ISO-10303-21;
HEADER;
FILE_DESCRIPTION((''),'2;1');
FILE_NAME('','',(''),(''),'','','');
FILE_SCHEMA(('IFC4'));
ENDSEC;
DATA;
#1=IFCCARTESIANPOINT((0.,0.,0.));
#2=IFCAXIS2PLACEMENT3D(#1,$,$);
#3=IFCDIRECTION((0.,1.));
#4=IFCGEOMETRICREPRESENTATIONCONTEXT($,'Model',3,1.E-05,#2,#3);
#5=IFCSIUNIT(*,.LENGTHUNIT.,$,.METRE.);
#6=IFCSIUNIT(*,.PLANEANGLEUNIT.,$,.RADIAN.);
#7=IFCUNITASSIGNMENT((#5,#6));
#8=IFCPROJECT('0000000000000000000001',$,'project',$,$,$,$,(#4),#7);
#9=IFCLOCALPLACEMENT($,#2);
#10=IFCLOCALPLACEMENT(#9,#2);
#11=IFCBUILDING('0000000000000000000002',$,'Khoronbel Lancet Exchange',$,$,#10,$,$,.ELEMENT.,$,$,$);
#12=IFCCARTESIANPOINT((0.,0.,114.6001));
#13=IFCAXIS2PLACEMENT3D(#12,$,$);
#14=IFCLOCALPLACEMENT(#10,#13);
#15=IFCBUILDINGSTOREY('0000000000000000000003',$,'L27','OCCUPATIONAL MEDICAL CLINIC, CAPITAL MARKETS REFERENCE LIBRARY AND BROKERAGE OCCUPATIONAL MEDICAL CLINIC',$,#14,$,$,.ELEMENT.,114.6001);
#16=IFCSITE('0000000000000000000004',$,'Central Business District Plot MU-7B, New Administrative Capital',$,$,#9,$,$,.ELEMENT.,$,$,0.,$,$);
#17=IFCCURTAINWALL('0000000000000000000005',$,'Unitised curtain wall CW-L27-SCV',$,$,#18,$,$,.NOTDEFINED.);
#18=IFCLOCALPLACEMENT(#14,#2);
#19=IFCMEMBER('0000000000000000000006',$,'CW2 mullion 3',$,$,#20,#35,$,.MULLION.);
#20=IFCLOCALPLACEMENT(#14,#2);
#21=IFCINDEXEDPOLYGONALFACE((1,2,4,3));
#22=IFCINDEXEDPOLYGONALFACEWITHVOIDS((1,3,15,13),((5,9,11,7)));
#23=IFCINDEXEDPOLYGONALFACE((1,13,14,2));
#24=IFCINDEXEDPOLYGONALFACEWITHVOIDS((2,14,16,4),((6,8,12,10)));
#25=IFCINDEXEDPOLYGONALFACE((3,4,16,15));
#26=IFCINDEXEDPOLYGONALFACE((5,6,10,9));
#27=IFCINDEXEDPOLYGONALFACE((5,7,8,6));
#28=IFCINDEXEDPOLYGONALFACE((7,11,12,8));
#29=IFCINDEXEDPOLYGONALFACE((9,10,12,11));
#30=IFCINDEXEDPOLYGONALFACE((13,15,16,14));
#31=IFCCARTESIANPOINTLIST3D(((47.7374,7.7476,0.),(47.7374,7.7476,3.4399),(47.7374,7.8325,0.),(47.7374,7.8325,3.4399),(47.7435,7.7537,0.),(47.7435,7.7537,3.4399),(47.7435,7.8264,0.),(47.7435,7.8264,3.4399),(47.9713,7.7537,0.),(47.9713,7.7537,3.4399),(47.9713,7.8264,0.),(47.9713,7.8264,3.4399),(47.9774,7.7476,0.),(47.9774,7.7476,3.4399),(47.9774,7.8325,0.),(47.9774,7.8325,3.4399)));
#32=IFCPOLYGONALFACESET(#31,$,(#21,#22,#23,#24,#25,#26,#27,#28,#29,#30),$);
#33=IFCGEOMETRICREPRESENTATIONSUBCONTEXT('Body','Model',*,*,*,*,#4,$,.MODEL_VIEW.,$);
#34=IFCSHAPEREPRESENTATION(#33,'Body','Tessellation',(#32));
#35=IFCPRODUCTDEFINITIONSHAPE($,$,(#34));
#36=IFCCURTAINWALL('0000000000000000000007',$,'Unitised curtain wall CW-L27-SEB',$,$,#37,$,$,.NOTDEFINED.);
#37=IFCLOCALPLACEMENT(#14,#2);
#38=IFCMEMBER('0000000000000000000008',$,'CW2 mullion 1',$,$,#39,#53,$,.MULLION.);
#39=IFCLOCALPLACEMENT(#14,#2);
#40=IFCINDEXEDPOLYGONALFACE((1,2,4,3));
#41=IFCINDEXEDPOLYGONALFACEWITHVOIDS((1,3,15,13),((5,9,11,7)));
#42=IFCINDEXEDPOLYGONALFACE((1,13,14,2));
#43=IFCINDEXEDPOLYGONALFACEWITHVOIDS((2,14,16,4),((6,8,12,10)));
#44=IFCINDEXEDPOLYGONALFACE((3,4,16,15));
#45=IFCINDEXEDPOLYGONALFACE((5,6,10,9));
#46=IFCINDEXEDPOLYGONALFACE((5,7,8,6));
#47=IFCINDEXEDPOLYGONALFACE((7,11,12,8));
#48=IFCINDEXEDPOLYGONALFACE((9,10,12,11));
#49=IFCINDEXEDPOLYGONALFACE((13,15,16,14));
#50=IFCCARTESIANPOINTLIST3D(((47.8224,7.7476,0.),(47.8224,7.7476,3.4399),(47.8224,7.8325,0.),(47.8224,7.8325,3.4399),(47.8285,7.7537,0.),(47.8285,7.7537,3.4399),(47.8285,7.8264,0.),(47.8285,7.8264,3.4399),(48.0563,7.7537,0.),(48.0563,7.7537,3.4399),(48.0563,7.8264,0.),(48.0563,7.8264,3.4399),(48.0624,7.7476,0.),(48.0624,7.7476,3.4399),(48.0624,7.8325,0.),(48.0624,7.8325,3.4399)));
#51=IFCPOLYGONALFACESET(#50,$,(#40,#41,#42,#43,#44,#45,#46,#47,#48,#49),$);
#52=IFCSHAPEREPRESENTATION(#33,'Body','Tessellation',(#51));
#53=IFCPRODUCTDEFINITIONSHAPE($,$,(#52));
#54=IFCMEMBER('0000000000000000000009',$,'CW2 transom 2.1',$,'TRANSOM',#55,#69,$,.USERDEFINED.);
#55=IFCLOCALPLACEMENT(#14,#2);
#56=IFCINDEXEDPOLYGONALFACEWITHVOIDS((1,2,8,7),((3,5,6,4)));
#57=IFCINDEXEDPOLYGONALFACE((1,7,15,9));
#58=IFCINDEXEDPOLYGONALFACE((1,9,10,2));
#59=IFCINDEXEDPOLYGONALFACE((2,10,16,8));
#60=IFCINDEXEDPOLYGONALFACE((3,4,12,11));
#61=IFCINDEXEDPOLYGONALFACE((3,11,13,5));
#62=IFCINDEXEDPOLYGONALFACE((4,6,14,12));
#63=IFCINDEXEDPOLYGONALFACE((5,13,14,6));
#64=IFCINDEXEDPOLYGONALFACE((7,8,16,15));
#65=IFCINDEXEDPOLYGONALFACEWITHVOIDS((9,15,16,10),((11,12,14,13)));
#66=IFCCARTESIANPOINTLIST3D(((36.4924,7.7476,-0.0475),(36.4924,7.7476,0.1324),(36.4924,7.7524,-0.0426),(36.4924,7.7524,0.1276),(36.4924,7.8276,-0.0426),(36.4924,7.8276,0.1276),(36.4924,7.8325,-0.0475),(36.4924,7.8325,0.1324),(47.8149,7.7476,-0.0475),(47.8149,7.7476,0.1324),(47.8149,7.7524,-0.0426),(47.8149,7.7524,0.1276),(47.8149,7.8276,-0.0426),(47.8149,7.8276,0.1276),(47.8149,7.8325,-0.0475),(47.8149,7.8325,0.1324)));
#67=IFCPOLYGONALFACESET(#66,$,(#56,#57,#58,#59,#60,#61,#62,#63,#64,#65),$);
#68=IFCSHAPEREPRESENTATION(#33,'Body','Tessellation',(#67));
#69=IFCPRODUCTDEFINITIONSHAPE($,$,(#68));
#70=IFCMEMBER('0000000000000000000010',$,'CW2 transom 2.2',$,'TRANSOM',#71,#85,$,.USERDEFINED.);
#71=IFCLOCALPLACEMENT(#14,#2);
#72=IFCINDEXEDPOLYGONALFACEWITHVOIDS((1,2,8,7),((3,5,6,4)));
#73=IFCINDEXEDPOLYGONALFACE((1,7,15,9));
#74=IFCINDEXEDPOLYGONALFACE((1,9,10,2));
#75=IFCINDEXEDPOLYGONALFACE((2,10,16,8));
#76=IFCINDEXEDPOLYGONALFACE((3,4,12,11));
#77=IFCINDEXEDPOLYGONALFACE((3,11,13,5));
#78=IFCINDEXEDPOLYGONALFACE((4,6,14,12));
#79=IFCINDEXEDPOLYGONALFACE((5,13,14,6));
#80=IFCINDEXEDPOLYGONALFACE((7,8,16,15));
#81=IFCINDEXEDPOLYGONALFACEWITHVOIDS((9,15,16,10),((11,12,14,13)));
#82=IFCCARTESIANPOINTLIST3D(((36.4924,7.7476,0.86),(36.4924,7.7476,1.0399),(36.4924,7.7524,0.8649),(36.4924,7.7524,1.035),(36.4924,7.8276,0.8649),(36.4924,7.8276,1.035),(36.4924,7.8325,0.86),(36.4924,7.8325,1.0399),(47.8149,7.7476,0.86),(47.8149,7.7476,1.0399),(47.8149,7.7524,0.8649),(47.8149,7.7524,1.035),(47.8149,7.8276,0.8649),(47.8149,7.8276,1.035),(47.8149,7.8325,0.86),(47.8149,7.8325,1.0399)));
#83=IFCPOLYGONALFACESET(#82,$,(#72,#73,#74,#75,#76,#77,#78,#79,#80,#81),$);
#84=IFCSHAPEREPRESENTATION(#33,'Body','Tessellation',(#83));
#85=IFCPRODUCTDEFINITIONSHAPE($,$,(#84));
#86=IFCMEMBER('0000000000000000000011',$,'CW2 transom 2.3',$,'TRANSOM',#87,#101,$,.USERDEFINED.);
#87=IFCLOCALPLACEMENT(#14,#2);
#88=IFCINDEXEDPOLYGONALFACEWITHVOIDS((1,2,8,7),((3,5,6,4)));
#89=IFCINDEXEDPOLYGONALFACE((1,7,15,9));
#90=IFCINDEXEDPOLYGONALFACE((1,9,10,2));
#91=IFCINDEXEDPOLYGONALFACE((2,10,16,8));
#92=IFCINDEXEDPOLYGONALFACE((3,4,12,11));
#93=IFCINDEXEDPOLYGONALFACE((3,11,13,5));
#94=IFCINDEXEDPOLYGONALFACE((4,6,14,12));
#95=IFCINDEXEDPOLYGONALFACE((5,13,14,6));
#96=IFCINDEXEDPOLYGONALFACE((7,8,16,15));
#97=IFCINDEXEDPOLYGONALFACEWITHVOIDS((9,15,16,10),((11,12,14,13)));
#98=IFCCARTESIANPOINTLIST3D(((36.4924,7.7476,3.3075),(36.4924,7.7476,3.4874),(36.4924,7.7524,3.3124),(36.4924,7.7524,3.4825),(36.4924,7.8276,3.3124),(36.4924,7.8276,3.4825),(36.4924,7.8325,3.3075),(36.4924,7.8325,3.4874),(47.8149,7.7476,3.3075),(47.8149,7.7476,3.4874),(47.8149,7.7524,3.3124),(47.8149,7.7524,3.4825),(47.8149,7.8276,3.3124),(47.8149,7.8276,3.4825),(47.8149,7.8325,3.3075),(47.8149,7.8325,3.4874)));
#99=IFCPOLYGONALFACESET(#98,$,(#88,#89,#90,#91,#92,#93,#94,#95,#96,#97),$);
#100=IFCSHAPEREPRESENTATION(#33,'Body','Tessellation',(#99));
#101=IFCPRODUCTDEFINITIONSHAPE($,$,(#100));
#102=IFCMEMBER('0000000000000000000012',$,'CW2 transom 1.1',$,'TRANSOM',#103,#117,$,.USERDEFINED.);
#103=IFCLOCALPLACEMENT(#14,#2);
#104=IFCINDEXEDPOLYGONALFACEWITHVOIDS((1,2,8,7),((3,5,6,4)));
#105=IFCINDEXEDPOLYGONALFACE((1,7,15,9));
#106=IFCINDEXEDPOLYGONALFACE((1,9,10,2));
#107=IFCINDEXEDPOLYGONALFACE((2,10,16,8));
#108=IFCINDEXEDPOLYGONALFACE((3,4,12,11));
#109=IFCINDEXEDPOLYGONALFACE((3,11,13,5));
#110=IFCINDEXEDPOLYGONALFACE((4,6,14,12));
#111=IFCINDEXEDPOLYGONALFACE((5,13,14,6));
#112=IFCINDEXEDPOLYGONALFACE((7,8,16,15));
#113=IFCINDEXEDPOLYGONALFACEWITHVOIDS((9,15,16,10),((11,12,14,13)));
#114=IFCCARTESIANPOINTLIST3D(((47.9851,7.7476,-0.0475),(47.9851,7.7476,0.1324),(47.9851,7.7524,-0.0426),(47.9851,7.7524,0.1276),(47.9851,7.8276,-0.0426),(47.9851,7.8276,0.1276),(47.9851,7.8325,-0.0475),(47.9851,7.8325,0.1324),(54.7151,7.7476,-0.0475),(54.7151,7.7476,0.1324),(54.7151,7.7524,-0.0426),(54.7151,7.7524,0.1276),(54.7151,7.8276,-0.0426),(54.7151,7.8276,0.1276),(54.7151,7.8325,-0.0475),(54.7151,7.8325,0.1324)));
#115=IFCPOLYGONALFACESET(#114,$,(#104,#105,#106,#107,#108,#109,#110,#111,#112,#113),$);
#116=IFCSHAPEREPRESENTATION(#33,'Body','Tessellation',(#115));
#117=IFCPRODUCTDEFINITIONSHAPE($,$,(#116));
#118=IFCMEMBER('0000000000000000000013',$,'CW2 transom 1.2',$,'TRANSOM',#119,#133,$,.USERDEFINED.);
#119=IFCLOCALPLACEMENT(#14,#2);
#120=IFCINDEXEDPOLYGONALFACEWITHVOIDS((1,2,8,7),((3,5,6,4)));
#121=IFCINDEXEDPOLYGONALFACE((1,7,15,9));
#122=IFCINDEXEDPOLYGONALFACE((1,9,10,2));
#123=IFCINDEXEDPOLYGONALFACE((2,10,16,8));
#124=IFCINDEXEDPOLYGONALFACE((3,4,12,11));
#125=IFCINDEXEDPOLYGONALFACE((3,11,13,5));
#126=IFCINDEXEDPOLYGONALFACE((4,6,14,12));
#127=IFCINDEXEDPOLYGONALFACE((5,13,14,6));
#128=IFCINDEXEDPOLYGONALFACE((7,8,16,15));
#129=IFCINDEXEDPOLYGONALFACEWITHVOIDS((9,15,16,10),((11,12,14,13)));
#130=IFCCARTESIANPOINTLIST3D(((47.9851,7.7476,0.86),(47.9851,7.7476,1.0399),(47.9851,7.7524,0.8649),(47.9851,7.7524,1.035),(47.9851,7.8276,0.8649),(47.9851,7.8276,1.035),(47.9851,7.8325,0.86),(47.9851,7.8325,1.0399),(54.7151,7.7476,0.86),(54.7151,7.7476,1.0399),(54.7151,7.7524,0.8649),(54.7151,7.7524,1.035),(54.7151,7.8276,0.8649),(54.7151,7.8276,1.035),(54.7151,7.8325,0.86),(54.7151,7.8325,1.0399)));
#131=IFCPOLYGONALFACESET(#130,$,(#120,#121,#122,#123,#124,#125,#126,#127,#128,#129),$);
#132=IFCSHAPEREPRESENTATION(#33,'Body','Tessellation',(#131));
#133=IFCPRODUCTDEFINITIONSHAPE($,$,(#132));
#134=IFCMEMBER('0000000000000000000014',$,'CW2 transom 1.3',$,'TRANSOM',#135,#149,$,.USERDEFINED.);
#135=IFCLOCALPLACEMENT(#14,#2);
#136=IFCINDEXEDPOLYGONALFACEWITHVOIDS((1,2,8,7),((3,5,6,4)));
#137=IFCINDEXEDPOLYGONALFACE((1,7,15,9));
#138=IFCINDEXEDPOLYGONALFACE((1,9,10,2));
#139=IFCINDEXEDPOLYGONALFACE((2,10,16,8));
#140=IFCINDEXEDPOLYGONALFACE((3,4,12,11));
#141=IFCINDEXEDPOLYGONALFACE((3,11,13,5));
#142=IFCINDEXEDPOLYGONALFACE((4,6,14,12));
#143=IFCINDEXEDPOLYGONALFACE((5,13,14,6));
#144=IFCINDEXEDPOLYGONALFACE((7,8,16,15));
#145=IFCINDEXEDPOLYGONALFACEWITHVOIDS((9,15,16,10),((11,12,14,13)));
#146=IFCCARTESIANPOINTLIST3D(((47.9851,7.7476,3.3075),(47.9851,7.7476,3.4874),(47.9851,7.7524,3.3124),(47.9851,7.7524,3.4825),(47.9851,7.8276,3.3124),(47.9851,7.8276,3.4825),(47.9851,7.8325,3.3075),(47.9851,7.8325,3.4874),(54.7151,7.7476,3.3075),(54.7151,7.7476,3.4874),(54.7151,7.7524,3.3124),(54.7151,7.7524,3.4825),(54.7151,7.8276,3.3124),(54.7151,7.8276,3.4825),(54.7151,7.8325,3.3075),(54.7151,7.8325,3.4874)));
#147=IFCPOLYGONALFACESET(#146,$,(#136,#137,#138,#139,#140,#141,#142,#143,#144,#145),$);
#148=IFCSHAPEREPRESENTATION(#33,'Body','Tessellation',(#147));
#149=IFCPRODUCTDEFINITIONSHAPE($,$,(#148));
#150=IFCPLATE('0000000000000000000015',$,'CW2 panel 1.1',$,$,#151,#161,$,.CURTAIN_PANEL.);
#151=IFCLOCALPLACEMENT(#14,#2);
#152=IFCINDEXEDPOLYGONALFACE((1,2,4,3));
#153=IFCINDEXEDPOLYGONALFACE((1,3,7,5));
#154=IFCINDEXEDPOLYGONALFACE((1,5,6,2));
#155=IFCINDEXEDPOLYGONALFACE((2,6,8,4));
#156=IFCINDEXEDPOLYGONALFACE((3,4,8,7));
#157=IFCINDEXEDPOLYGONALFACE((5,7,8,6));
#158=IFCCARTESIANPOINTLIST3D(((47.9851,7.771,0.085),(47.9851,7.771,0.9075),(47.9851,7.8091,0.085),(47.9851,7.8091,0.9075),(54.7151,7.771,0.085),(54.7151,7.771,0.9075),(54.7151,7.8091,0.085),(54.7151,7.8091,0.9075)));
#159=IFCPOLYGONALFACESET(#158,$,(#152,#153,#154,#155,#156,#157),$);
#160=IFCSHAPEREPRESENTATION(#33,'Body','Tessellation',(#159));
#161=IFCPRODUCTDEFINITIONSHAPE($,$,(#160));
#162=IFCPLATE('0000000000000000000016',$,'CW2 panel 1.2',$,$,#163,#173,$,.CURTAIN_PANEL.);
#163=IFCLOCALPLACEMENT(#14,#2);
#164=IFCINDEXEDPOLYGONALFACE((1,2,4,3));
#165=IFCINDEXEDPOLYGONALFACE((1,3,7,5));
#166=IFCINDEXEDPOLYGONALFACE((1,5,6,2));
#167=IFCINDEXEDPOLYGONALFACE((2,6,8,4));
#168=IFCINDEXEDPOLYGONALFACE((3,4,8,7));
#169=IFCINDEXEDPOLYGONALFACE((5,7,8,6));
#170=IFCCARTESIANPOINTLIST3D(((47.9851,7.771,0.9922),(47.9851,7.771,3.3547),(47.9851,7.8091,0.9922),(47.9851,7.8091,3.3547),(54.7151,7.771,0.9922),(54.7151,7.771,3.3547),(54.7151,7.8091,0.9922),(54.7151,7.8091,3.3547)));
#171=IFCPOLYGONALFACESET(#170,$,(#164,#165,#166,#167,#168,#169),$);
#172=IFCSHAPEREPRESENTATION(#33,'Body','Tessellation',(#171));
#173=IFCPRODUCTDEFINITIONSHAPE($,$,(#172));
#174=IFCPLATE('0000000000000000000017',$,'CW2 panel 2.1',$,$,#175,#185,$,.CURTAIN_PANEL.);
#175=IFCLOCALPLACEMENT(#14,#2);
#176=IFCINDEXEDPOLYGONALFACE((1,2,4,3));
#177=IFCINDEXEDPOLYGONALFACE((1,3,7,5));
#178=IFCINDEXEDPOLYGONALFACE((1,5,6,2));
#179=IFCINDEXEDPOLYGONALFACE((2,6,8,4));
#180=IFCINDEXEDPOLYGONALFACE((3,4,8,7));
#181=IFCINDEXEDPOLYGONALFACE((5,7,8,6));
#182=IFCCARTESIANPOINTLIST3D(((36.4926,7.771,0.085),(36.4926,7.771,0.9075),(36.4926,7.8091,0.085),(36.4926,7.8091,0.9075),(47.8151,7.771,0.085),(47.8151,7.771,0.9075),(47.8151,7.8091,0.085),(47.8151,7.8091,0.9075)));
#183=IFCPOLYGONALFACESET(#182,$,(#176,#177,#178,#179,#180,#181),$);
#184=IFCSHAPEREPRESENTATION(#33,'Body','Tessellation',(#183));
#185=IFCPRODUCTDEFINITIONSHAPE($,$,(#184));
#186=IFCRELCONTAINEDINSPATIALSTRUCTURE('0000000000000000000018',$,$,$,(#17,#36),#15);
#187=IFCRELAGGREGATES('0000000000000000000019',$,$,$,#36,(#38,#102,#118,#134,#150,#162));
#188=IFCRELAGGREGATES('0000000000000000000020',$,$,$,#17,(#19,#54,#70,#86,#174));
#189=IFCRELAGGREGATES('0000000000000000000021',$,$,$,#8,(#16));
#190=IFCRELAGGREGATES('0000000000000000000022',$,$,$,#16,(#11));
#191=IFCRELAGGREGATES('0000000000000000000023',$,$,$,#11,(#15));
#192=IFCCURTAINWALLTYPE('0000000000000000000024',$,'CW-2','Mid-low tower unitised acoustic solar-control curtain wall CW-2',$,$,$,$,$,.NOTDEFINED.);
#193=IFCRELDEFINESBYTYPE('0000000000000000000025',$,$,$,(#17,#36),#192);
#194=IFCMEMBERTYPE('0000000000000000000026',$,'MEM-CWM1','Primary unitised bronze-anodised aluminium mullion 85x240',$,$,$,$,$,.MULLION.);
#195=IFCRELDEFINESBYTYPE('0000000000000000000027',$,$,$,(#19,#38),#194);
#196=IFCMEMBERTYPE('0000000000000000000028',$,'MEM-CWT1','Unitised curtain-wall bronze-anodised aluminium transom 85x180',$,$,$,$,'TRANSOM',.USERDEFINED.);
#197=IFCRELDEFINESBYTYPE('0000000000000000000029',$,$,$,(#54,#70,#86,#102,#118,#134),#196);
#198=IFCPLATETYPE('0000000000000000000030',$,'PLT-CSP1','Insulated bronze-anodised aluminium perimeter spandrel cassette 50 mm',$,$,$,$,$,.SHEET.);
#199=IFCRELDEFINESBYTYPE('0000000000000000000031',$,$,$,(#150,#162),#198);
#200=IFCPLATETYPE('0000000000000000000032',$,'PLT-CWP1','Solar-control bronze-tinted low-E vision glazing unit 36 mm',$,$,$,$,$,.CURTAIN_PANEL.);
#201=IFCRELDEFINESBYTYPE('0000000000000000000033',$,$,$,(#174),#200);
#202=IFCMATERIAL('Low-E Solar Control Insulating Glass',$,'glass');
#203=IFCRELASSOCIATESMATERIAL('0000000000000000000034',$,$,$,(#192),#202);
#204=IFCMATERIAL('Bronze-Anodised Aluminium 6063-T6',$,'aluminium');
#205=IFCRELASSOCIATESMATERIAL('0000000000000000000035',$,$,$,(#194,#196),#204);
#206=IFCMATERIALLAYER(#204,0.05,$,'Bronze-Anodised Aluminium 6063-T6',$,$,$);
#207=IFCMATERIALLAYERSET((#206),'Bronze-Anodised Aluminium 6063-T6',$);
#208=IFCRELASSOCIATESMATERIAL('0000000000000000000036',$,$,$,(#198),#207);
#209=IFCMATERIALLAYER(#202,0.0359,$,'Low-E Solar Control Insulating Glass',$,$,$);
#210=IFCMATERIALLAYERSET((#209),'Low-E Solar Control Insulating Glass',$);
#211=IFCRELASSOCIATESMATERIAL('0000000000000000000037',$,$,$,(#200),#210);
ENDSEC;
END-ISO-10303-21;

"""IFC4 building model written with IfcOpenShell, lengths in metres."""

from ifc_helpers import new_model, si_unit, direction, frame, origin, origin_2d, place, context, subcontext, project, spatial, rectangle, hollow_rectangle, extrude, material, layer, layer_set, material_profile, profile_set, type_object, element, aggregate, save


model = new_model("IFC4")

# Units and contexts
model_context = context("Model", 3, precision=1e-05, world=origin(), true_north=direction((0.0, 1.0)))
body_context = subcontext(model_context, "Body", "Model", "MODEL_VIEW")
ifc_project = project(units=[si_unit("LENGTHUNIT", "METRE"), si_unit("PLANEANGLEUNIT", "RADIAN")], contexts=[model_context])

# Site, building, storey
site_placement = place(None, origin())
site = spatial("IfcSite", under=ifc_project, at=site_placement, Name="Central Business District Plot MU-7B, New Administrative Capital", CompositionType="ELEMENT", RefElevation=0.0)
building_placement = place(site_placement, origin())
building = spatial("IfcBuilding", under=site, at=building_placement, Name="Khoronbel Lancet Exchange", CompositionType="ELEMENT")
storey_placement = place(building_placement, frame((0.0, 0.0, 114.6001)))
storey = spatial("IfcBuildingStorey", under=building, at=storey_placement, Name="L27", Description="OCCUPATIONAL MEDICAL CLINIC, CAPITAL MARKETS REFERENCE LIBRARY AND BROKERAGE OCCUPATIONAL MEDICAL CLINIC", CompositionType="ELEMENT", Elevation=114.6001)

# Curtain wall, member
ifc_material_1 = material(Name="Low-E Solar Control Insulating Glass", Category="glass")
curtain_wall_type = type_object("IfcCurtainWallType", Name="CW-2", Description="Mid-low tower unitised acoustic solar-control curtain wall CW-2", PredefinedType="NOTDEFINED", material=ifc_material_1)
curtain_wall_1_placement = place(storey_placement, origin())
curtain_wall_1 = element("IfcCurtainWall", 1, at=curtain_wall_1_placement, inside=storey, type_object=curtain_wall_type, Name="Unitised curtain wall CW-L27-SCV", PredefinedType="NOTDEFINED")
ifc_material_2 = material(Name="Bronze-Anodised Aluminium 6063-T6", Category="aluminium")
ifc_material_profile_1 = material_profile(ifc_material_2, hollow_rectangle(XDim=0.085, YDim=0.24, WallThickness=0.0061, at=origin_2d()), Name="ALU MULLION 85x240")
ifc_profile_set_1 = profile_set([ifc_material_profile_1], Name="Bronze-Anodised Aluminium 6063-T6")
member_type_1 = type_object("IfcMemberType", Name="MEM-CWM1", Description="Primary unitised bronze-anodised aluminium mullion 85x240", PredefinedType="MULLION", material=ifc_profile_set_1)
member_1_placement = place(storey_placement, frame((47.8574, 7.79, 0.0), z_axis=(0.0, 0.0, 1.0), x_axis=(0.0, 1.0, 0.0)))
member_1 = element("IfcMember", 2, at=member_1_placement, type_object=member_type_1, Name="CW2 mullion 3", PredefinedType="MULLION", context=body_context, shape_type="SweptSolid", body=[
    extrude(hollow_rectangle(XDim=0.085, YDim=0.24, WallThickness=0.0061, at=origin_2d()), origin(), (0.0, 0.0, 1.0), 3.4399),
])

# Curtain wall, member
curtain_wall_2_placement = place(storey_placement, origin())
curtain_wall_2 = element("IfcCurtainWall", 3, at=curtain_wall_2_placement, inside=storey, type_object=curtain_wall_type, Name="Unitised curtain wall CW-L27-SEB", PredefinedType="NOTDEFINED")
member_2_placement = place(storey_placement, frame((47.9424, 7.79, 0.0), z_axis=(0.0, 0.0, 1.0), x_axis=(0.0, 1.0, 0.0)))
member_2 = element("IfcMember", 4, at=member_2_placement, type_object=member_type_1, Name="CW2 mullion 1", PredefinedType="MULLION", context=body_context, shape_type="SweptSolid", body=[
    extrude(hollow_rectangle(XDim=0.085, YDim=0.24, WallThickness=0.0061, at=origin_2d()), origin(), (0.0, 0.0, 1.0), 3.4399),
])

# Members
ifc_material_profile_2 = material_profile(ifc_material_2, hollow_rectangle(XDim=0.085, YDim=0.1799, WallThickness=0.0049, at=origin_2d()), Name="ALU TRANSOM 85x180")
ifc_profile_set_2 = profile_set([ifc_material_profile_2], Name="Bronze-Anodised Aluminium 6063-T6")
member_type_2 = type_object("IfcMemberType", Name="MEM-CWT1", Description="Unitised curtain-wall bronze-anodised aluminium transom 85x180", ElementType="TRANSOM", PredefinedType="USERDEFINED", material=ifc_profile_set_2)
member_3_placement = place(storey_placement, frame((36.4924, 7.79, 0.0425), z_axis=(1.0, 0.0, 0.0), x_axis=(0.0, 1.0, 0.0)))
member_3 = element("IfcMember", 5, at=member_3_placement, type_object=member_type_2, Name="CW2 transom 2.1", ObjectType="TRANSOM", PredefinedType="USERDEFINED", context=body_context, shape_type="SweptSolid", body=[
    extrude(hollow_rectangle(XDim=0.085, YDim=0.1799, WallThickness=0.0049, at=origin_2d()), origin(), (0.0, 0.0, 1.0), 11.3225),
])
member_4_placement = place(storey_placement, frame((36.4924, 7.79, 0.95), z_axis=(1.0, 0.0, 0.0), x_axis=(0.0, 1.0, 0.0)))
member_4 = element("IfcMember", 6, at=member_4_placement, type_object=member_type_2, Name="CW2 transom 2.2", ObjectType="TRANSOM", PredefinedType="USERDEFINED", context=body_context, shape_type="SweptSolid", body=[
    extrude(hollow_rectangle(XDim=0.085, YDim=0.1799, WallThickness=0.0049, at=origin_2d()), origin(), (0.0, 0.0, 1.0), 11.3225),
])
member_5_placement = place(storey_placement, frame((36.4924, 7.79, 3.3975), z_axis=(1.0, 0.0, 0.0), x_axis=(0.0, 1.0, 0.0)))
member_5 = element("IfcMember", 7, at=member_5_placement, type_object=member_type_2, Name="CW2 transom 2.3", ObjectType="TRANSOM", PredefinedType="USERDEFINED", context=body_context, shape_type="SweptSolid", body=[
    extrude(hollow_rectangle(XDim=0.085, YDim=0.1799, WallThickness=0.0049, at=origin_2d()), origin(), (0.0, 0.0, 1.0), 11.3225),
])
member_6_placement = place(storey_placement, frame((47.9851, 7.79, 0.0425), z_axis=(1.0, 0.0, 0.0), x_axis=(0.0, 1.0, 0.0)))
member_6 = element("IfcMember", 8, at=member_6_placement, type_object=member_type_2, Name="CW2 transom 1.1", ObjectType="TRANSOM", PredefinedType="USERDEFINED", context=body_context, shape_type="SweptSolid", body=[
    extrude(hollow_rectangle(XDim=0.085, YDim=0.1799, WallThickness=0.0049, at=origin_2d()), origin(), (0.0, 0.0, 1.0), 6.73),
])
member_7_placement = place(storey_placement, frame((47.9851, 7.79, 0.95), z_axis=(1.0, 0.0, 0.0), x_axis=(0.0, 1.0, 0.0)))
member_7 = element("IfcMember", 9, at=member_7_placement, type_object=member_type_2, Name="CW2 transom 1.2", ObjectType="TRANSOM", PredefinedType="USERDEFINED", context=body_context, shape_type="SweptSolid", body=[
    extrude(hollow_rectangle(XDim=0.085, YDim=0.1799, WallThickness=0.0049, at=origin_2d()), origin(), (0.0, 0.0, 1.0), 6.73),
])
member_8_placement = place(storey_placement, frame((47.9851, 7.79, 3.3975), z_axis=(1.0, 0.0, 0.0), x_axis=(0.0, 1.0, 0.0)))
member_8 = element("IfcMember", 10, at=member_8_placement, type_object=member_type_2, Name="CW2 transom 1.3", ObjectType="TRANSOM", PredefinedType="USERDEFINED", context=body_context, shape_type="SweptSolid", body=[
    extrude(hollow_rectangle(XDim=0.085, YDim=0.1799, WallThickness=0.0049, at=origin_2d()), origin(), (0.0, 0.0, 1.0), 6.73),
])

# Plates
ifc_layer_1 = layer(ifc_material_2, 0.05, Name="Bronze-Anodised Aluminium 6063-T6")
ifc_layer_set_1 = layer_set([ifc_layer_1], Name="Bronze-Anodised Aluminium 6063-T6")
plate_type_1 = type_object("IfcPlateType", Name="PLT-CSP1", Description="Insulated bronze-anodised aluminium perimeter spandrel cassette 50 mm", PredefinedType="SHEET", material=ifc_layer_set_1)
plate_1_placement = place(storey_placement, frame((51.3501, 7.79, 0.085), z_axis=(0.0, 0.0, 1.0), x_axis=(1.0, 0.0, 0.0)))
plate_1 = element("IfcPlate", 11, at=plate_1_placement, type_object=plate_type_1, Name="CW2 panel 1.1", PredefinedType="CURTAIN_PANEL", context=body_context, shape_type="SweptSolid", body=[
    extrude(rectangle(XDim=6.73, YDim=0.0381, at=origin_2d()), origin(), (0.0, 0.0, 1.0), 0.8225),
])
plate_2_placement = place(storey_placement, frame((51.3501, 7.79, 0.9922), z_axis=(0.0, 0.0, 1.0), x_axis=(1.0, 0.0, 0.0)))
plate_2 = element("IfcPlate", 12, at=plate_2_placement, type_object=plate_type_1, Name="CW2 panel 1.2", PredefinedType="CURTAIN_PANEL", context=body_context, shape_type="SweptSolid", body=[
    extrude(rectangle(XDim=6.73, YDim=0.0381, at=origin_2d()), origin(), (0.0, 0.0, 1.0), 2.3625),
])
aggregate(curtain_wall_2, [member_2, member_6, member_7, member_8, plate_1, plate_2])
ifc_layer_2 = layer(ifc_material_1, 0.0359, Name="Low-E Solar Control Insulating Glass")
ifc_layer_set_2 = layer_set([ifc_layer_2], Name="Low-E Solar Control Insulating Glass")
plate_type_2 = type_object("IfcPlateType", Name="PLT-CWP1", Description="Solar-control bronze-tinted low-E vision glazing unit 36 mm", PredefinedType="CURTAIN_PANEL", material=ifc_layer_set_2)
plate_3_placement = place(storey_placement, frame((42.1538, 7.79, 0.085), z_axis=(0.0, 0.0, 1.0), x_axis=(1.0, 0.0, 0.0)))
plate_3 = element("IfcPlate", 13, at=plate_3_placement, type_object=plate_type_2, Name="CW2 panel 2.1", PredefinedType="CURTAIN_PANEL", context=body_context, shape_type="SweptSolid", body=[
    extrude(rectangle(XDim=11.3225, YDim=0.0381, at=origin_2d()), origin(), (0.0, 0.0, 1.0), 0.8225),
])
aggregate(curtain_wall_1, [member_1, member_3, member_4, member_5, plate_3])

save(model, "model.ifc")
